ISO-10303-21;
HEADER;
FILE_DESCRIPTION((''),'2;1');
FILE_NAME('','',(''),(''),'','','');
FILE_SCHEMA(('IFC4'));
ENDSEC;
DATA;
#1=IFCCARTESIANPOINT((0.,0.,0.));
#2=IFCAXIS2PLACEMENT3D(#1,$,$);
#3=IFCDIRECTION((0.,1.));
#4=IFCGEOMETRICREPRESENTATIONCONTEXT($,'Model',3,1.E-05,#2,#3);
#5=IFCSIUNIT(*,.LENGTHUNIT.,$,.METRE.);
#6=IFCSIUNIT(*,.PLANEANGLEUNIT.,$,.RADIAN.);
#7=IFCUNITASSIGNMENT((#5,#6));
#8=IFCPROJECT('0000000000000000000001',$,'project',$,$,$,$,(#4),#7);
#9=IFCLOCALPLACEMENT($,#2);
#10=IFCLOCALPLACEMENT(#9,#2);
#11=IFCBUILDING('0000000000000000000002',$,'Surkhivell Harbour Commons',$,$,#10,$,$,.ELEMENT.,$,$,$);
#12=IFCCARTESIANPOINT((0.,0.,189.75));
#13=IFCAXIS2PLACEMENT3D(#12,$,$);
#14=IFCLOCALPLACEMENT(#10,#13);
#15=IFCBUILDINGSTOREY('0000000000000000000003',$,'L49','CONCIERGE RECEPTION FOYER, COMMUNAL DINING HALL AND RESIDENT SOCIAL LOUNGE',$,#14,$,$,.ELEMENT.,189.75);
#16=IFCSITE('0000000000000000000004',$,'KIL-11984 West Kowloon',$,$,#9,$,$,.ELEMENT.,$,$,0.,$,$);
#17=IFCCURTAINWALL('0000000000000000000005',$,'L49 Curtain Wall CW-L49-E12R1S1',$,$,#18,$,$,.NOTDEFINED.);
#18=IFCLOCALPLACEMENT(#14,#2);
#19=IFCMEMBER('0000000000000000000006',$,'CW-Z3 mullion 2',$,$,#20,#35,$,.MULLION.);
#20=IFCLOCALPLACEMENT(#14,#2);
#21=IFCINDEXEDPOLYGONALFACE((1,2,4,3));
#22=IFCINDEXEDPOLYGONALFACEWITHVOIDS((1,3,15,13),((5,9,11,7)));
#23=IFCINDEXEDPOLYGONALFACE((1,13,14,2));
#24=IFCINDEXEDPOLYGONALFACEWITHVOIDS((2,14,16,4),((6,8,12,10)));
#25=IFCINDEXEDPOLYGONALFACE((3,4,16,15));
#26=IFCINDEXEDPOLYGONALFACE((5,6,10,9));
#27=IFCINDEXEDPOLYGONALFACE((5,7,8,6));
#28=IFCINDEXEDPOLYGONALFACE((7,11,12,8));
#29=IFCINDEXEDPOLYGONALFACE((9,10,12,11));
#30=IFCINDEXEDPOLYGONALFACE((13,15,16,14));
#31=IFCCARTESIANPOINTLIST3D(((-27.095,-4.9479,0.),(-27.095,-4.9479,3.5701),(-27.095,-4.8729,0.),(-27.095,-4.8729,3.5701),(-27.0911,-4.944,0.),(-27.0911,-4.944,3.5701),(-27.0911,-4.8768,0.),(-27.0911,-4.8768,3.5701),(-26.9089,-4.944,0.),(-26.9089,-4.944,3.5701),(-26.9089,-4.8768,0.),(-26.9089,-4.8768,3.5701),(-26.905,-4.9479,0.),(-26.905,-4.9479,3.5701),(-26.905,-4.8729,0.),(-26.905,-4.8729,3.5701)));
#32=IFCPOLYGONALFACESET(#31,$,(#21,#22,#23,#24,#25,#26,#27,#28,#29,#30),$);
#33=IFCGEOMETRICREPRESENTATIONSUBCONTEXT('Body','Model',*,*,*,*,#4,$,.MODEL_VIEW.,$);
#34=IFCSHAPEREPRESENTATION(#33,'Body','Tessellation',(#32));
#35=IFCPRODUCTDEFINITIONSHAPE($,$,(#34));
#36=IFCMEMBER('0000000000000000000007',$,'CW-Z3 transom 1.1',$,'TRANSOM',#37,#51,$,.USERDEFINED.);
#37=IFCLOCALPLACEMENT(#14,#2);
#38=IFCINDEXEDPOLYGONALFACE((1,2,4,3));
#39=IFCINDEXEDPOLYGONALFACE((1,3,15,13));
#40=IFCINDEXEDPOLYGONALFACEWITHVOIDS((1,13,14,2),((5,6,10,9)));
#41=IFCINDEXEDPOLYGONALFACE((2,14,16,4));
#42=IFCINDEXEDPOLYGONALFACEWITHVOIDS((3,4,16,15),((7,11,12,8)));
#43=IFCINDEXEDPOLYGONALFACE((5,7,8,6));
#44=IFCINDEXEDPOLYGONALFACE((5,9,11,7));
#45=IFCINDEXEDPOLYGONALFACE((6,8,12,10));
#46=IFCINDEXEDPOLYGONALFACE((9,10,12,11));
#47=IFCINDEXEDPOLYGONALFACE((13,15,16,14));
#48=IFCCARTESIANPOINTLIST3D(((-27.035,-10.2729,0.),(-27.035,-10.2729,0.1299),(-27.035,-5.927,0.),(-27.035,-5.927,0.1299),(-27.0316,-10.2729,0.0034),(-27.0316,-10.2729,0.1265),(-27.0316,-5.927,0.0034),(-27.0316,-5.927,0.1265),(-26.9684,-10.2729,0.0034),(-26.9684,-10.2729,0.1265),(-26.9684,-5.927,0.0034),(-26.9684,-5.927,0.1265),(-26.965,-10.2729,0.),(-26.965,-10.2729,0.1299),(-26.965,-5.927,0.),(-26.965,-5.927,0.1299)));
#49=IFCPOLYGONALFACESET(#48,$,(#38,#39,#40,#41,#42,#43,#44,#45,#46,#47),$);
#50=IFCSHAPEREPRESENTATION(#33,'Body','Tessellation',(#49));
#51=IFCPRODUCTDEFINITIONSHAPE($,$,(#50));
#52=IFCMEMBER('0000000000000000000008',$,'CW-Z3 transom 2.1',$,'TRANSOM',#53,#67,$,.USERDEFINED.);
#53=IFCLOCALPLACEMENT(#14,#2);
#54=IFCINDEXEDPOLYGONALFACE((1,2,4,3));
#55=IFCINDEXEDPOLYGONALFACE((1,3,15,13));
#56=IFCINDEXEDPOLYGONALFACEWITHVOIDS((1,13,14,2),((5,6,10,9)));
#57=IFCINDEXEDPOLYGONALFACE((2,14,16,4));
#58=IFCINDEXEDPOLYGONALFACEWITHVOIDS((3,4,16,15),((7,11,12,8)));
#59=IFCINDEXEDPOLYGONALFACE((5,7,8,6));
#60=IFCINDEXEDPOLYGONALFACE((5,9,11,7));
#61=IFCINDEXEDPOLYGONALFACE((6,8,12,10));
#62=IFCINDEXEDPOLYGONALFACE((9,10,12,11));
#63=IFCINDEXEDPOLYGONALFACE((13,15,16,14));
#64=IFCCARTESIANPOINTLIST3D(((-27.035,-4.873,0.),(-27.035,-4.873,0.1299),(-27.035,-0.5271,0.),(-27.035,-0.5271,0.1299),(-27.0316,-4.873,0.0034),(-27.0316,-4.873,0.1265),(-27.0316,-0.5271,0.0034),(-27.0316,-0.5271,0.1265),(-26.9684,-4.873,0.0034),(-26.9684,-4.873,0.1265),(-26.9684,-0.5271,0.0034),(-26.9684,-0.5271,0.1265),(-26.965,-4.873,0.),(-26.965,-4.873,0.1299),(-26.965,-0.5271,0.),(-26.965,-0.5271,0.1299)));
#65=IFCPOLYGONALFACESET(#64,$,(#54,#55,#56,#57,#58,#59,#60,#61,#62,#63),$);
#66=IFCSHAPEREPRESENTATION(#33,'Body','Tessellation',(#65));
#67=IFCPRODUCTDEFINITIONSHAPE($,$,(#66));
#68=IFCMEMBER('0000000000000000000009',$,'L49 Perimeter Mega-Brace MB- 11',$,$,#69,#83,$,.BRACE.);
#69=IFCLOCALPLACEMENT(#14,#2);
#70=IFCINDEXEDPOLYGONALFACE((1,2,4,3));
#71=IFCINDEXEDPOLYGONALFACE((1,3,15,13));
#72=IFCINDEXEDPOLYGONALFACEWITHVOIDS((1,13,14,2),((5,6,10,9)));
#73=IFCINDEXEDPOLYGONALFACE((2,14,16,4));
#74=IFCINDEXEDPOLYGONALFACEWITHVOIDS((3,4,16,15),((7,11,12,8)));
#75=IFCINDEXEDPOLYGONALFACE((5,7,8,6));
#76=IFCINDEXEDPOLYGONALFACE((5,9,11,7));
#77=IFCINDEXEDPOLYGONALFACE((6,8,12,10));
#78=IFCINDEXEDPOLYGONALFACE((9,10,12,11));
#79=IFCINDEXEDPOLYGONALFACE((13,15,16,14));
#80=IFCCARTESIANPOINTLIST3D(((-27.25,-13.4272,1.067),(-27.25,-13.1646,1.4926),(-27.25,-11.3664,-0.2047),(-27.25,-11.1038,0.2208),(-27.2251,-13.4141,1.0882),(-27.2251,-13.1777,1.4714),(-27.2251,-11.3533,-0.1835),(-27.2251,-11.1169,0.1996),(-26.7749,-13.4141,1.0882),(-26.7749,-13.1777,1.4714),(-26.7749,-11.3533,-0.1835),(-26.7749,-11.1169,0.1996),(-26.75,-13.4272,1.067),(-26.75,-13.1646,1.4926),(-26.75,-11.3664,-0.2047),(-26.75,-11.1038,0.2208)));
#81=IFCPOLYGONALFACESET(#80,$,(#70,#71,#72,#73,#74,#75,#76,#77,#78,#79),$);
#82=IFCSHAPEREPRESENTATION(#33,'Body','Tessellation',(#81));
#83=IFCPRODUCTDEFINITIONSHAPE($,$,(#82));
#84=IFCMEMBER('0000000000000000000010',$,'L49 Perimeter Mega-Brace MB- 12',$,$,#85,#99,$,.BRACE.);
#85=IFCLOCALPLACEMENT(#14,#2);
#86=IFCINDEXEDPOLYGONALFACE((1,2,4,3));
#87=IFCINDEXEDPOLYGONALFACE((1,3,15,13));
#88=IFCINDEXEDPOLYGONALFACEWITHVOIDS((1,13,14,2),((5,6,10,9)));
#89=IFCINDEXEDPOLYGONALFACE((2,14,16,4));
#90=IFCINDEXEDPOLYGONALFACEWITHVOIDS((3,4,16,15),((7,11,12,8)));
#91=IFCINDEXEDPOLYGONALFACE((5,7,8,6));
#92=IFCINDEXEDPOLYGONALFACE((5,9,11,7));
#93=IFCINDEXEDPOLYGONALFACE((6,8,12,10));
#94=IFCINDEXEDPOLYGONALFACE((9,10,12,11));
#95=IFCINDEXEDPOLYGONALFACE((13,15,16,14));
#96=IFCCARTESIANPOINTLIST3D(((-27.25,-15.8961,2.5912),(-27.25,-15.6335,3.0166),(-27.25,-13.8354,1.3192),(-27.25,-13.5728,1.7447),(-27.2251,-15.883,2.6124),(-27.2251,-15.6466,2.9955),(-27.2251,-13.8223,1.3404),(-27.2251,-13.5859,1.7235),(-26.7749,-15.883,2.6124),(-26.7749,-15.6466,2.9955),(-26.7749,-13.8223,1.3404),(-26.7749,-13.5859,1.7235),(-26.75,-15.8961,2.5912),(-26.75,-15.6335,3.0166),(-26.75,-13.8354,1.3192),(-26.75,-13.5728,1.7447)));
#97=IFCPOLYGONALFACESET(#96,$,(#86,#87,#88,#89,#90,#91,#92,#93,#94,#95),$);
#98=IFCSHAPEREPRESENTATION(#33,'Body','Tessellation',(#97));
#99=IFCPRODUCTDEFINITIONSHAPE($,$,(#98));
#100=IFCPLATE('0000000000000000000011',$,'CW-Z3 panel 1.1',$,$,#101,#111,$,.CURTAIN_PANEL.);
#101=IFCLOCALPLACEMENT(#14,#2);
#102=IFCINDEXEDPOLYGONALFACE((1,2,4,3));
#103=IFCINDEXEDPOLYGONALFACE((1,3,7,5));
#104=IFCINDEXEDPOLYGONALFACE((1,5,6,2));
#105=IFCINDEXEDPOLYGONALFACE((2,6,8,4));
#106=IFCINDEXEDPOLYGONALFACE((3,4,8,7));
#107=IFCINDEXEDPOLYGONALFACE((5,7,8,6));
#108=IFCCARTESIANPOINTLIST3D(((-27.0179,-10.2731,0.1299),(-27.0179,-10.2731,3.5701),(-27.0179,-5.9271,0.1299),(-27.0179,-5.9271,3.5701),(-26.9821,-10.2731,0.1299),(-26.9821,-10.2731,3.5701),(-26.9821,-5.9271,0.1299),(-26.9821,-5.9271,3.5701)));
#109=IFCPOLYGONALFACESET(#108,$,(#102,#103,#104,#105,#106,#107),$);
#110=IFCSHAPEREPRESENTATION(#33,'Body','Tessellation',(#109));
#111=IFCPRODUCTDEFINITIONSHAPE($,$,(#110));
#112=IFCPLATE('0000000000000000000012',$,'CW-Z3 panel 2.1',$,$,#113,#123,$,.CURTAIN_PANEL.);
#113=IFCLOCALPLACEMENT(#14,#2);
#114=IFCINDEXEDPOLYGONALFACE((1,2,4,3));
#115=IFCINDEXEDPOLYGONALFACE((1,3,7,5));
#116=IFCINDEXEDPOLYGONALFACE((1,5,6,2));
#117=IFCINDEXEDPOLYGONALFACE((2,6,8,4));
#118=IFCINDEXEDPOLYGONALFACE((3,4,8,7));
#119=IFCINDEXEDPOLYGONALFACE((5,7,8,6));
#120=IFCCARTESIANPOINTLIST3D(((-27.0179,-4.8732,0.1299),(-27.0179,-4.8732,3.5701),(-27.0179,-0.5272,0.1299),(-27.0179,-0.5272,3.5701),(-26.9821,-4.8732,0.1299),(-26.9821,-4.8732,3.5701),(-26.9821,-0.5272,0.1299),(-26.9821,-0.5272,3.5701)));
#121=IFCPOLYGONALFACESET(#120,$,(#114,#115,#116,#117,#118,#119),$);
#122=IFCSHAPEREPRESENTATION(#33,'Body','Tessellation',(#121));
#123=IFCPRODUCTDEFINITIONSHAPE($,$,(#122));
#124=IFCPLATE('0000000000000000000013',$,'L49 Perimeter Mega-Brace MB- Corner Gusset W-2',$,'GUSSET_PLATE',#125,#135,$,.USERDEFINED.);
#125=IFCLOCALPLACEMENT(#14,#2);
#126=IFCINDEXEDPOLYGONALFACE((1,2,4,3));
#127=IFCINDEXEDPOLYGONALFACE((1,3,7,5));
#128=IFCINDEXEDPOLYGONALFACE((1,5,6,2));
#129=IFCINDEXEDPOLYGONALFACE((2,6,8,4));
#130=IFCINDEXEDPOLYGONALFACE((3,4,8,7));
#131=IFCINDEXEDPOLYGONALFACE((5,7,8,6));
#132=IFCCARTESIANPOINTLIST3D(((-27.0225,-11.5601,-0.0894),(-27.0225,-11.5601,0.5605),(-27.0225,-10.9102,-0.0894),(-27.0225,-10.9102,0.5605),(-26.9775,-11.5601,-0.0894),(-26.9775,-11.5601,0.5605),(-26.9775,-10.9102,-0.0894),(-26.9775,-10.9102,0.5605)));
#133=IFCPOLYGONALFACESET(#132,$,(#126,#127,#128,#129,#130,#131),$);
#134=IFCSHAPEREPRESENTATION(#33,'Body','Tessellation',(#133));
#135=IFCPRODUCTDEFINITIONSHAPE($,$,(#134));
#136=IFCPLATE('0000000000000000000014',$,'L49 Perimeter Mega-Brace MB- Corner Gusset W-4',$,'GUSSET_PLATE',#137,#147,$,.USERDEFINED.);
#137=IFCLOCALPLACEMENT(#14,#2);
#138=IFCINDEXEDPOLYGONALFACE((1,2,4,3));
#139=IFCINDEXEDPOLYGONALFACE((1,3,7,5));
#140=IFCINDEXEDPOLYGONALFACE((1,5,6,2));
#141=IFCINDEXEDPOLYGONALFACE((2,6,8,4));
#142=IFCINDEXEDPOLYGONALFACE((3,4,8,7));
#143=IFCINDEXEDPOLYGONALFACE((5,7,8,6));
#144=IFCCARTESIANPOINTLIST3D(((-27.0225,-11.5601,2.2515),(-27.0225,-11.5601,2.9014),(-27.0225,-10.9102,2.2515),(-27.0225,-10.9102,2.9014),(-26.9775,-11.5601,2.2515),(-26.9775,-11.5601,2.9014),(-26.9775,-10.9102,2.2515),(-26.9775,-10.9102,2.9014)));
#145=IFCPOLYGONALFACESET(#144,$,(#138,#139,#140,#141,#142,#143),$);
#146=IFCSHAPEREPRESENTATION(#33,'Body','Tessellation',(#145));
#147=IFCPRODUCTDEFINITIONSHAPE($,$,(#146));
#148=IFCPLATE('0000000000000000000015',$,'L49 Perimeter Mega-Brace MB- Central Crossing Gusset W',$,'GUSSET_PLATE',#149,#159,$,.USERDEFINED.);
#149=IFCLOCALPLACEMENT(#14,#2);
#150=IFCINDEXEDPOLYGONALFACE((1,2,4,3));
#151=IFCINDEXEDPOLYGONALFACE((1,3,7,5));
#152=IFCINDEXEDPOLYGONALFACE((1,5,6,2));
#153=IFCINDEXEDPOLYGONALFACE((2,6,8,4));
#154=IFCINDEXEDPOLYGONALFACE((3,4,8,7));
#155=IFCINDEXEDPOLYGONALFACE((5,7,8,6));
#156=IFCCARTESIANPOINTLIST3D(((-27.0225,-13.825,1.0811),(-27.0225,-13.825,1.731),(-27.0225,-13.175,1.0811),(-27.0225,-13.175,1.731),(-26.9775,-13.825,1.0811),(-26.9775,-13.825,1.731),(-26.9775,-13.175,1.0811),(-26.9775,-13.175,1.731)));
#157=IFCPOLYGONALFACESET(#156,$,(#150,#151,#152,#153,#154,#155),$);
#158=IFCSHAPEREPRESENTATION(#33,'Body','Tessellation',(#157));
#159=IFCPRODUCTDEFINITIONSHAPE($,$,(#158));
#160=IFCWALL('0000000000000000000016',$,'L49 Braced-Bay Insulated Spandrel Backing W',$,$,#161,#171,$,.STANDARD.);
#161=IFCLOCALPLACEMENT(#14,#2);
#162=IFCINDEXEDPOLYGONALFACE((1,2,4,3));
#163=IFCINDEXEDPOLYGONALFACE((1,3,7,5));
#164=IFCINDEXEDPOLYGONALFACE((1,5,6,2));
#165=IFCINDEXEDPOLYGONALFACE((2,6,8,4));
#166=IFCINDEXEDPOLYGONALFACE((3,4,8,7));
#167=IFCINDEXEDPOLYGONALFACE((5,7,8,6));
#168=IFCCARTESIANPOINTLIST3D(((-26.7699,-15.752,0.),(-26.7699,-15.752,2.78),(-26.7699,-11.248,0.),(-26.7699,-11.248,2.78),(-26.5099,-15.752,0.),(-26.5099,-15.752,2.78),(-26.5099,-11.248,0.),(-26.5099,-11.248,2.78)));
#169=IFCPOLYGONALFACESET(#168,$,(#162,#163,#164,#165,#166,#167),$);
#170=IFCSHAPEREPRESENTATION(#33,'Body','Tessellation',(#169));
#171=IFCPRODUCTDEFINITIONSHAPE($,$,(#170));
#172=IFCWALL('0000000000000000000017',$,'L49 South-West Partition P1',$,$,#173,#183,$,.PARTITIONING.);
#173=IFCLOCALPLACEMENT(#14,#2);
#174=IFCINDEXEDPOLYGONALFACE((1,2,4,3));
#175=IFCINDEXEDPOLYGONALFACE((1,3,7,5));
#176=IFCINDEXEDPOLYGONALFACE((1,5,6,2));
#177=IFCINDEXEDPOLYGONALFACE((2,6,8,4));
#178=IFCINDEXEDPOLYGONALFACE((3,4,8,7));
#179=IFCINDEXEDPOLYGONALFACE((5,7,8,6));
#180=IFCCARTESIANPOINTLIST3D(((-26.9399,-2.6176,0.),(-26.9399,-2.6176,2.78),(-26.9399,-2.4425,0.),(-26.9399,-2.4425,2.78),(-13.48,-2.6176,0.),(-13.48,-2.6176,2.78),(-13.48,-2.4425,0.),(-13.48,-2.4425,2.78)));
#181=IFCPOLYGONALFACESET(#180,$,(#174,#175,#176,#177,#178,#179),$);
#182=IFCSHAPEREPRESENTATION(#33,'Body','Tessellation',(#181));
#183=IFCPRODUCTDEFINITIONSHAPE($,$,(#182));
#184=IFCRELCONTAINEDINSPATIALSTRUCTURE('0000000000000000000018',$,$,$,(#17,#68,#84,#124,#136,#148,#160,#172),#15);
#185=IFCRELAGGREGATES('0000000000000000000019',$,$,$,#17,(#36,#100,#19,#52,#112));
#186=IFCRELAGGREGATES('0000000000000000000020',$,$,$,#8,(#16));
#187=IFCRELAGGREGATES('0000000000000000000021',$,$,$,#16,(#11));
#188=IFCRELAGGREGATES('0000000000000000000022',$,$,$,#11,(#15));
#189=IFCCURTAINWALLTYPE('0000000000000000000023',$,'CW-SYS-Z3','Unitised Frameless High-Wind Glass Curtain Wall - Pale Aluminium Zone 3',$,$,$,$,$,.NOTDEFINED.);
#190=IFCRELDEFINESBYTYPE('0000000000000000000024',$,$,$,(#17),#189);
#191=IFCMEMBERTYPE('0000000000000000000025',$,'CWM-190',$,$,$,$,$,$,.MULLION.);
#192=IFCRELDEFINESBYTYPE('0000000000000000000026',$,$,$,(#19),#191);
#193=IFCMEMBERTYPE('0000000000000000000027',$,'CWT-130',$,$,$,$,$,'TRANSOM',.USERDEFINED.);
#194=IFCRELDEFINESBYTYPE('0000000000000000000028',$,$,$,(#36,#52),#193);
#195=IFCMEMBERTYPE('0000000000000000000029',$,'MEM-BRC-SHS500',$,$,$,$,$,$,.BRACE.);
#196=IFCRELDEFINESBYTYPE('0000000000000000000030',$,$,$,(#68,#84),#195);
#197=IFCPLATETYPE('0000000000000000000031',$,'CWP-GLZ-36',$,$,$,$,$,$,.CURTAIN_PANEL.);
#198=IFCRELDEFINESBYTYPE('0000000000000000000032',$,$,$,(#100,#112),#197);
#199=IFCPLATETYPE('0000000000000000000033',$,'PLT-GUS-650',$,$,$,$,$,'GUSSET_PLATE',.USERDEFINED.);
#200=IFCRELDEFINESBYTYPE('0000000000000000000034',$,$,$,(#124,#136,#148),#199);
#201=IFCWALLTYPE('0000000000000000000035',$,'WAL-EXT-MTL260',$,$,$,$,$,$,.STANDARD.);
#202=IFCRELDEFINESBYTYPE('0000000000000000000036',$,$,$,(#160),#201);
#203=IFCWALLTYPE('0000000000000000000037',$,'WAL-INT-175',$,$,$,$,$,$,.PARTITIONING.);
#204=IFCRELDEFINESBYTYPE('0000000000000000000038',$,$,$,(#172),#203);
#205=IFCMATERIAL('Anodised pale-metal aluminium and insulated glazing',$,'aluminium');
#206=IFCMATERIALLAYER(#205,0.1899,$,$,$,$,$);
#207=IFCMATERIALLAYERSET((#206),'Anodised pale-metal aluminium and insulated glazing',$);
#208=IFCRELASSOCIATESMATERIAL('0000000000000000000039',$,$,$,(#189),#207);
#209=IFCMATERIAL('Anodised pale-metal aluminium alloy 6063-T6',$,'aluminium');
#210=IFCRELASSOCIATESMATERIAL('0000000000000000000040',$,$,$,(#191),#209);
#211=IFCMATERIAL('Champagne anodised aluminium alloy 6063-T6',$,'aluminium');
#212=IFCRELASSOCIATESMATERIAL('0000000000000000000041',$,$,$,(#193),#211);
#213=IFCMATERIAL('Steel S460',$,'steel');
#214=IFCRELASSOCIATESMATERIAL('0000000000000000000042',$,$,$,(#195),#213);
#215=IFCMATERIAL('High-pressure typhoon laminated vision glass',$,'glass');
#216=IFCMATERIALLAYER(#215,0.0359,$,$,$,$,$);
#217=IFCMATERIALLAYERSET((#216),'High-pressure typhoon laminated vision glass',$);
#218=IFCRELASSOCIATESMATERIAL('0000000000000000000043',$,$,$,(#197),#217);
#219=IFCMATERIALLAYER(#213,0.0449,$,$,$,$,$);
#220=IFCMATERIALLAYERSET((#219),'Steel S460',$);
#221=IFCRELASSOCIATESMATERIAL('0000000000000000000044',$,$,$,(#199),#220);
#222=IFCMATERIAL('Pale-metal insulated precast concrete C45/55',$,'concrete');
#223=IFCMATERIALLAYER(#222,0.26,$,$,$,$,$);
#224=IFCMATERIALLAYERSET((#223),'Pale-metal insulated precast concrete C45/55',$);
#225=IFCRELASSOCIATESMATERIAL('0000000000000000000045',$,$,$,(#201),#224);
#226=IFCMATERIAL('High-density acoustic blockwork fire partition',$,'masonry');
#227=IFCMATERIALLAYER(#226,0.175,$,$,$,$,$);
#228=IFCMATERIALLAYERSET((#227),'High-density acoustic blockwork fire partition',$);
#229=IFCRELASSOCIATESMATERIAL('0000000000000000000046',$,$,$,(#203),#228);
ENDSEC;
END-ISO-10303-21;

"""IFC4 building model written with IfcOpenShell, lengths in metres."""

from ifc_helpers import new_model, si_unit, direction, frame, frame_2d, origin, origin_2d, place, context, subcontext, project, spatial, rectangle, hollow_rectangle, extrude, material, layer, layer_set, material_profile, profile_set, type_object, element, aggregate, save


model = new_model("IFC4")

# Units and contexts
model_context = context("Model", 3, precision=1e-05, world=origin(), true_north=direction((0.0, 1.0)))
body_context = subcontext(model_context, "Body", "Model", "MODEL_VIEW")
ifc_project = project(units=[si_unit("LENGTHUNIT", "METRE"), si_unit("PLANEANGLEUNIT", "RADIAN")], contexts=[model_context])

# Site, building, storey
site_placement = place(None, origin())
site = spatial("IfcSite", under=ifc_project, at=site_placement, Name="KIL-11984 West Kowloon", CompositionType="ELEMENT", RefElevation=0.0)
building_placement = place(site_placement, origin())
building = spatial("IfcBuilding", under=site, at=building_placement, Name="Surkhivell Harbour Commons", CompositionType="ELEMENT")
storey_placement = place(building_placement, frame((0.0, 0.0, 189.75)))
storey = spatial("IfcBuildingStorey", under=building, at=storey_placement, Name="L49", Description="CONCIERGE RECEPTION FOYER, COMMUNAL DINING HALL AND RESIDENT SOCIAL LOUNGE", CompositionType="ELEMENT", Elevation=189.75)

# Curtain wall, members
ifc_material_1 = material(Name="Anodised pale-metal aluminium and insulated glazing", Category="aluminium")
ifc_layer_1 = layer(ifc_material_1, 0.1899)
ifc_layer_set_1 = layer_set([ifc_layer_1], Name="Anodised pale-metal aluminium and insulated glazing")
curtain_wall_type = type_object("IfcCurtainWallType", Name="CW-SYS-Z3", Description="Unitised Frameless High-Wind Glass Curtain Wall - Pale Aluminium Zone 3", PredefinedType="NOTDEFINED", material=ifc_layer_set_1)
curtain_wall_placement = place(storey_placement, origin())
curtain_wall = element("IfcCurtainWall", 1, at=curtain_wall_placement, inside=storey, type_object=curtain_wall_type, Name="L49 Curtain Wall CW-L49-E12R1S1", PredefinedType="NOTDEFINED")
ifc_material_2 = material(Name="Anodised pale-metal aluminium alloy 6063-T6", Category="aluminium")
ifc_material_profile_1 = material_profile(ifc_material_2, hollow_rectangle(XDim=0.075, YDim=0.1899, WallThickness=0.0039, at=origin_2d()), Name="ALU-MULL-75x190")
ifc_profile_set_1 = profile_set([ifc_material_profile_1], Name="Anodised pale-metal aluminium alloy 6063-T6")
member_type_1 = type_object("IfcMemberType", Name="CWM-190", PredefinedType="MULLION", material=ifc_profile_set_1)
member_1_placement = place(storey_placement, frame((-27.0, -4.9104, 0.0), z_axis=(0.0, 0.0, 1.0), x_axis=(0.0, 1.0, 0.0)))
member_1 = element("IfcMember", 2, at=member_1_placement, type_object=member_type_1, Name="CW-Z3 mullion 2", PredefinedType="MULLION", context=body_context, shape_type="SweptSolid", body=[
    extrude(hollow_rectangle(XDim=0.075, YDim=0.1899, WallThickness=0.0039, at=origin_2d()), origin(), (0.0, 0.0, 1.0), 3.5701),
])
ifc_material_3 = material(Name="Champagne anodised aluminium alloy 6063-T6", Category="aluminium")
ifc_material_profile_2 = material_profile(ifc_material_3, hollow_rectangle(XDim=0.0701, YDim=0.1299, WallThickness=0.0034, at=origin_2d()), Name="ALU-TRAN-70x130")
ifc_profile_set_2 = profile_set([ifc_material_profile_2], Name="Champagne anodised aluminium alloy 6063-T6")
member_type_2 = type_object("IfcMemberType", Name="CWT-130", ElementType="TRANSOM", PredefinedType="USERDEFINED", material=ifc_profile_set_2)
member_2_placement = place(storey_placement, frame((-27.0, -10.2729, 0.0649), z_axis=(0.0, 1.0, 0.0), x_axis=(-1.0, 0.0, 0.0)))
member_2 = element("IfcMember", 3, at=member_2_placement, type_object=member_type_2, Name="CW-Z3 transom 1.1", ObjectType="TRANSOM", PredefinedType="USERDEFINED", context=body_context, shape_type="SweptSolid", body=[
    extrude(hollow_rectangle(XDim=0.0701, YDim=0.1299, WallThickness=0.0034, at=origin_2d()), origin(), (0.0, 0.0, 1.0), 4.3459),
])
member_3_placement = place(storey_placement, frame((-27.0, -4.873, 0.0649), z_axis=(0.0, 1.0, 0.0), x_axis=(-1.0, 0.0, 0.0)))
member_3 = element("IfcMember", 4, at=member_3_placement, type_object=member_type_2, Name="CW-Z3 transom 2.1", ObjectType="TRANSOM", PredefinedType="USERDEFINED", context=body_context, shape_type="SweptSolid", body=[
    extrude(hollow_rectangle(XDim=0.0701, YDim=0.1299, WallThickness=0.0034, at=origin_2d()), origin(), (0.0, 0.0, 1.0), 4.3459),
])

# Members
ifc_material_4 = material(Name="Steel S460", Category="steel")
ifc_material_profile_3 = material_profile(ifc_material_4, hollow_rectangle(XDim=0.5, YDim=0.5, WallThickness=0.0249, at=origin_2d()), Name="SHS500x500x25")
ifc_profile_set_3 = profile_set([ifc_material_profile_3], Name="Steel S460")
member_type_3 = type_object("IfcMemberType", Name="MEM-BRC-SHS500", PredefinedType="BRACE", material=ifc_profile_set_3)
for number, where, z_axis, x_axis, name in (
    (5, (-27.0, -11.2351, 0.0081), (0.0, -0.851003, 0.52516), (1.0, 0.0, 0.0), "L49 Perimeter Mega-Brace MB- 11"),
    (6, (-27.0, -13.7041, 1.532), (0.0, -0.850958, 0.525233), (1.0, 0.0, 0.0), "L49 Perimeter Mega-Brace MB- 12"),
):
    element("IfcMember", number, at=place(storey_placement, frame(where, z_axis=z_axis, x_axis=x_axis)), inside=storey, type_object=member_type_3, Name=name, PredefinedType="BRACE", context=body_context, shape_type="SweptSolid", body=[
        extrude(hollow_rectangle(XDim=0.5, YDim=0.5, WallThickness=0.0249, at=origin_2d()), origin(), (0.0, 0.0, 1.0), 2.4216),
    ])

# Plates
ifc_material_5 = material(Name="High-pressure typhoon laminated vision glass", Category="glass")
ifc_layer_2 = layer(ifc_material_5, 0.0359)
ifc_layer_set_2 = layer_set([ifc_layer_2], Name="High-pressure typhoon laminated vision glass")
plate_type_1 = type_object("IfcPlateType", Name="CWP-GLZ-36", PredefinedType="CURTAIN_PANEL", material=ifc_layer_set_2)
plate_1_placement = place(storey_placement, frame((-27.0, -10.2729, 0.1299), z_axis=(0.0, 0.0, 1.0), x_axis=(0.0, 1.0, 0.0)))
plate_1 = element("IfcPlate", 7, at=plate_1_placement, type_object=plate_type_1, Name="CW-Z3 panel 1.1", PredefinedType="CURTAIN_PANEL", context=body_context, shape_type="SweptSolid", body=[
    extrude(rectangle(XDim=4.3459, YDim=0.0359, at=frame_2d((2.1729, 0.0))), origin(), (0.0, 0.0, 1.0), 3.4402),
])
plate_2_placement = place(storey_placement, frame((-27.0, -4.873, 0.1299), z_axis=(0.0, 0.0, 1.0), x_axis=(0.0, 1.0, 0.0)))
plate_2 = element("IfcPlate", 8, at=plate_2_placement, type_object=plate_type_1, Name="CW-Z3 panel 2.1", PredefinedType="CURTAIN_PANEL", context=body_context, shape_type="SweptSolid", body=[
    extrude(rectangle(XDim=4.3459, YDim=0.0359, at=frame_2d((2.1729, 0.0))), origin(), (0.0, 0.0, 1.0), 3.4402),
])
aggregate(curtain_wall, [member_2, plate_1, member_1, member_3, plate_2])

# Plates
ifc_layer_3 = layer(ifc_material_4, 0.0449)
ifc_layer_set_3 = layer_set([ifc_layer_3], Name="Steel S460")
plate_type_2 = type_object("IfcPlateType", Name="PLT-GUS-650", ElementType="GUSSET_PLATE", PredefinedType="USERDEFINED", material=ifc_layer_set_3)
for number, where, z_axis, x_axis, name in (
    (9, (-27.0, -11.2351, -0.0894), (0.0, 0.0, 1.0), (0.0, 1.0, 0.0), "L49 Perimeter Mega-Brace MB- Corner Gusset W-2"),
    (10, (-27.0, -11.2351, 2.2515), (0.0, 0.0, 1.0), (0.0, 1.0, 0.0), "L49 Perimeter Mega-Brace MB- Corner Gusset W-4"),
    (11, (-27.0, -13.5, 1.0811), (0.0, 0.0, 1.0), (0.0, 1.0, 0.0), "L49 Perimeter Mega-Brace MB- Central Crossing Gusset W"),
):
    element("IfcPlate", number, at=place(storey_placement, frame(where, z_axis=z_axis, x_axis=x_axis)), inside=storey, type_object=plate_type_2, Name=name, ObjectType="GUSSET_PLATE", PredefinedType="USERDEFINED", context=body_context, shape_type="SweptSolid", body=[
        extrude(rectangle(XDim=0.6499, YDim=0.0449, at=origin_2d()), origin(), (0.0, 0.0, 1.0), 0.6499),
    ])

# Walls
ifc_material_6 = material(Name="Pale-metal insulated precast concrete C45/55", Category="concrete")
ifc_layer_4 = layer(ifc_material_6, 0.26)
ifc_layer_set_4 = layer_set([ifc_layer_4], Name="Pale-metal insulated precast concrete C45/55")
wall_type_1 = type_object("IfcWallType", Name="WAL-EXT-MTL260", PredefinedType="STANDARD", material=ifc_layer_set_4)
wall_1_placement = place(storey_placement, frame((-26.6399, -15.752, 0.0), z_axis=(0.0, 0.0, 1.0), x_axis=(0.0, 1.0, 0.0)))
element("IfcWall", 12, at=wall_1_placement, inside=storey, type_object=wall_type_1, Name="L49 Braced-Bay Insulated Spandrel Backing W", PredefinedType="STANDARD", context=body_context, shape_type="SweptSolid", body=[
    extrude(rectangle(XDim=4.5039, YDim=0.26, at=frame_2d((2.252, 0.0))), origin(), (0.0, 0.0, 1.0), 2.78),
])
ifc_material_7 = material(Name="High-density acoustic blockwork fire partition", Category="masonry")
ifc_layer_5 = layer(ifc_material_7, 0.175)
ifc_layer_set_5 = layer_set([ifc_layer_5], Name="High-density acoustic blockwork fire partition")
wall_type_2 = type_object("IfcWallType", Name="WAL-INT-175", PredefinedType="PARTITIONING", material=ifc_layer_set_5)
wall_2_placement = place(storey_placement, frame((-26.9399, -2.53, 0.0), z_axis=(0.0, 0.0, 1.0), x_axis=(1.0, 0.0, 0.0)))
element("IfcWall", 13, at=wall_2_placement, inside=storey, type_object=wall_type_2, Name="L49 South-West Partition P1", PredefinedType="PARTITIONING", context=body_context, shape_type="SweptSolid", body=[
    extrude(rectangle(XDim=13.46, YDim=0.175, at=frame_2d((6.73, 0.0))), origin(), (0.0, 0.0, 1.0), 2.78),
])

save(model, "model.ifc")
